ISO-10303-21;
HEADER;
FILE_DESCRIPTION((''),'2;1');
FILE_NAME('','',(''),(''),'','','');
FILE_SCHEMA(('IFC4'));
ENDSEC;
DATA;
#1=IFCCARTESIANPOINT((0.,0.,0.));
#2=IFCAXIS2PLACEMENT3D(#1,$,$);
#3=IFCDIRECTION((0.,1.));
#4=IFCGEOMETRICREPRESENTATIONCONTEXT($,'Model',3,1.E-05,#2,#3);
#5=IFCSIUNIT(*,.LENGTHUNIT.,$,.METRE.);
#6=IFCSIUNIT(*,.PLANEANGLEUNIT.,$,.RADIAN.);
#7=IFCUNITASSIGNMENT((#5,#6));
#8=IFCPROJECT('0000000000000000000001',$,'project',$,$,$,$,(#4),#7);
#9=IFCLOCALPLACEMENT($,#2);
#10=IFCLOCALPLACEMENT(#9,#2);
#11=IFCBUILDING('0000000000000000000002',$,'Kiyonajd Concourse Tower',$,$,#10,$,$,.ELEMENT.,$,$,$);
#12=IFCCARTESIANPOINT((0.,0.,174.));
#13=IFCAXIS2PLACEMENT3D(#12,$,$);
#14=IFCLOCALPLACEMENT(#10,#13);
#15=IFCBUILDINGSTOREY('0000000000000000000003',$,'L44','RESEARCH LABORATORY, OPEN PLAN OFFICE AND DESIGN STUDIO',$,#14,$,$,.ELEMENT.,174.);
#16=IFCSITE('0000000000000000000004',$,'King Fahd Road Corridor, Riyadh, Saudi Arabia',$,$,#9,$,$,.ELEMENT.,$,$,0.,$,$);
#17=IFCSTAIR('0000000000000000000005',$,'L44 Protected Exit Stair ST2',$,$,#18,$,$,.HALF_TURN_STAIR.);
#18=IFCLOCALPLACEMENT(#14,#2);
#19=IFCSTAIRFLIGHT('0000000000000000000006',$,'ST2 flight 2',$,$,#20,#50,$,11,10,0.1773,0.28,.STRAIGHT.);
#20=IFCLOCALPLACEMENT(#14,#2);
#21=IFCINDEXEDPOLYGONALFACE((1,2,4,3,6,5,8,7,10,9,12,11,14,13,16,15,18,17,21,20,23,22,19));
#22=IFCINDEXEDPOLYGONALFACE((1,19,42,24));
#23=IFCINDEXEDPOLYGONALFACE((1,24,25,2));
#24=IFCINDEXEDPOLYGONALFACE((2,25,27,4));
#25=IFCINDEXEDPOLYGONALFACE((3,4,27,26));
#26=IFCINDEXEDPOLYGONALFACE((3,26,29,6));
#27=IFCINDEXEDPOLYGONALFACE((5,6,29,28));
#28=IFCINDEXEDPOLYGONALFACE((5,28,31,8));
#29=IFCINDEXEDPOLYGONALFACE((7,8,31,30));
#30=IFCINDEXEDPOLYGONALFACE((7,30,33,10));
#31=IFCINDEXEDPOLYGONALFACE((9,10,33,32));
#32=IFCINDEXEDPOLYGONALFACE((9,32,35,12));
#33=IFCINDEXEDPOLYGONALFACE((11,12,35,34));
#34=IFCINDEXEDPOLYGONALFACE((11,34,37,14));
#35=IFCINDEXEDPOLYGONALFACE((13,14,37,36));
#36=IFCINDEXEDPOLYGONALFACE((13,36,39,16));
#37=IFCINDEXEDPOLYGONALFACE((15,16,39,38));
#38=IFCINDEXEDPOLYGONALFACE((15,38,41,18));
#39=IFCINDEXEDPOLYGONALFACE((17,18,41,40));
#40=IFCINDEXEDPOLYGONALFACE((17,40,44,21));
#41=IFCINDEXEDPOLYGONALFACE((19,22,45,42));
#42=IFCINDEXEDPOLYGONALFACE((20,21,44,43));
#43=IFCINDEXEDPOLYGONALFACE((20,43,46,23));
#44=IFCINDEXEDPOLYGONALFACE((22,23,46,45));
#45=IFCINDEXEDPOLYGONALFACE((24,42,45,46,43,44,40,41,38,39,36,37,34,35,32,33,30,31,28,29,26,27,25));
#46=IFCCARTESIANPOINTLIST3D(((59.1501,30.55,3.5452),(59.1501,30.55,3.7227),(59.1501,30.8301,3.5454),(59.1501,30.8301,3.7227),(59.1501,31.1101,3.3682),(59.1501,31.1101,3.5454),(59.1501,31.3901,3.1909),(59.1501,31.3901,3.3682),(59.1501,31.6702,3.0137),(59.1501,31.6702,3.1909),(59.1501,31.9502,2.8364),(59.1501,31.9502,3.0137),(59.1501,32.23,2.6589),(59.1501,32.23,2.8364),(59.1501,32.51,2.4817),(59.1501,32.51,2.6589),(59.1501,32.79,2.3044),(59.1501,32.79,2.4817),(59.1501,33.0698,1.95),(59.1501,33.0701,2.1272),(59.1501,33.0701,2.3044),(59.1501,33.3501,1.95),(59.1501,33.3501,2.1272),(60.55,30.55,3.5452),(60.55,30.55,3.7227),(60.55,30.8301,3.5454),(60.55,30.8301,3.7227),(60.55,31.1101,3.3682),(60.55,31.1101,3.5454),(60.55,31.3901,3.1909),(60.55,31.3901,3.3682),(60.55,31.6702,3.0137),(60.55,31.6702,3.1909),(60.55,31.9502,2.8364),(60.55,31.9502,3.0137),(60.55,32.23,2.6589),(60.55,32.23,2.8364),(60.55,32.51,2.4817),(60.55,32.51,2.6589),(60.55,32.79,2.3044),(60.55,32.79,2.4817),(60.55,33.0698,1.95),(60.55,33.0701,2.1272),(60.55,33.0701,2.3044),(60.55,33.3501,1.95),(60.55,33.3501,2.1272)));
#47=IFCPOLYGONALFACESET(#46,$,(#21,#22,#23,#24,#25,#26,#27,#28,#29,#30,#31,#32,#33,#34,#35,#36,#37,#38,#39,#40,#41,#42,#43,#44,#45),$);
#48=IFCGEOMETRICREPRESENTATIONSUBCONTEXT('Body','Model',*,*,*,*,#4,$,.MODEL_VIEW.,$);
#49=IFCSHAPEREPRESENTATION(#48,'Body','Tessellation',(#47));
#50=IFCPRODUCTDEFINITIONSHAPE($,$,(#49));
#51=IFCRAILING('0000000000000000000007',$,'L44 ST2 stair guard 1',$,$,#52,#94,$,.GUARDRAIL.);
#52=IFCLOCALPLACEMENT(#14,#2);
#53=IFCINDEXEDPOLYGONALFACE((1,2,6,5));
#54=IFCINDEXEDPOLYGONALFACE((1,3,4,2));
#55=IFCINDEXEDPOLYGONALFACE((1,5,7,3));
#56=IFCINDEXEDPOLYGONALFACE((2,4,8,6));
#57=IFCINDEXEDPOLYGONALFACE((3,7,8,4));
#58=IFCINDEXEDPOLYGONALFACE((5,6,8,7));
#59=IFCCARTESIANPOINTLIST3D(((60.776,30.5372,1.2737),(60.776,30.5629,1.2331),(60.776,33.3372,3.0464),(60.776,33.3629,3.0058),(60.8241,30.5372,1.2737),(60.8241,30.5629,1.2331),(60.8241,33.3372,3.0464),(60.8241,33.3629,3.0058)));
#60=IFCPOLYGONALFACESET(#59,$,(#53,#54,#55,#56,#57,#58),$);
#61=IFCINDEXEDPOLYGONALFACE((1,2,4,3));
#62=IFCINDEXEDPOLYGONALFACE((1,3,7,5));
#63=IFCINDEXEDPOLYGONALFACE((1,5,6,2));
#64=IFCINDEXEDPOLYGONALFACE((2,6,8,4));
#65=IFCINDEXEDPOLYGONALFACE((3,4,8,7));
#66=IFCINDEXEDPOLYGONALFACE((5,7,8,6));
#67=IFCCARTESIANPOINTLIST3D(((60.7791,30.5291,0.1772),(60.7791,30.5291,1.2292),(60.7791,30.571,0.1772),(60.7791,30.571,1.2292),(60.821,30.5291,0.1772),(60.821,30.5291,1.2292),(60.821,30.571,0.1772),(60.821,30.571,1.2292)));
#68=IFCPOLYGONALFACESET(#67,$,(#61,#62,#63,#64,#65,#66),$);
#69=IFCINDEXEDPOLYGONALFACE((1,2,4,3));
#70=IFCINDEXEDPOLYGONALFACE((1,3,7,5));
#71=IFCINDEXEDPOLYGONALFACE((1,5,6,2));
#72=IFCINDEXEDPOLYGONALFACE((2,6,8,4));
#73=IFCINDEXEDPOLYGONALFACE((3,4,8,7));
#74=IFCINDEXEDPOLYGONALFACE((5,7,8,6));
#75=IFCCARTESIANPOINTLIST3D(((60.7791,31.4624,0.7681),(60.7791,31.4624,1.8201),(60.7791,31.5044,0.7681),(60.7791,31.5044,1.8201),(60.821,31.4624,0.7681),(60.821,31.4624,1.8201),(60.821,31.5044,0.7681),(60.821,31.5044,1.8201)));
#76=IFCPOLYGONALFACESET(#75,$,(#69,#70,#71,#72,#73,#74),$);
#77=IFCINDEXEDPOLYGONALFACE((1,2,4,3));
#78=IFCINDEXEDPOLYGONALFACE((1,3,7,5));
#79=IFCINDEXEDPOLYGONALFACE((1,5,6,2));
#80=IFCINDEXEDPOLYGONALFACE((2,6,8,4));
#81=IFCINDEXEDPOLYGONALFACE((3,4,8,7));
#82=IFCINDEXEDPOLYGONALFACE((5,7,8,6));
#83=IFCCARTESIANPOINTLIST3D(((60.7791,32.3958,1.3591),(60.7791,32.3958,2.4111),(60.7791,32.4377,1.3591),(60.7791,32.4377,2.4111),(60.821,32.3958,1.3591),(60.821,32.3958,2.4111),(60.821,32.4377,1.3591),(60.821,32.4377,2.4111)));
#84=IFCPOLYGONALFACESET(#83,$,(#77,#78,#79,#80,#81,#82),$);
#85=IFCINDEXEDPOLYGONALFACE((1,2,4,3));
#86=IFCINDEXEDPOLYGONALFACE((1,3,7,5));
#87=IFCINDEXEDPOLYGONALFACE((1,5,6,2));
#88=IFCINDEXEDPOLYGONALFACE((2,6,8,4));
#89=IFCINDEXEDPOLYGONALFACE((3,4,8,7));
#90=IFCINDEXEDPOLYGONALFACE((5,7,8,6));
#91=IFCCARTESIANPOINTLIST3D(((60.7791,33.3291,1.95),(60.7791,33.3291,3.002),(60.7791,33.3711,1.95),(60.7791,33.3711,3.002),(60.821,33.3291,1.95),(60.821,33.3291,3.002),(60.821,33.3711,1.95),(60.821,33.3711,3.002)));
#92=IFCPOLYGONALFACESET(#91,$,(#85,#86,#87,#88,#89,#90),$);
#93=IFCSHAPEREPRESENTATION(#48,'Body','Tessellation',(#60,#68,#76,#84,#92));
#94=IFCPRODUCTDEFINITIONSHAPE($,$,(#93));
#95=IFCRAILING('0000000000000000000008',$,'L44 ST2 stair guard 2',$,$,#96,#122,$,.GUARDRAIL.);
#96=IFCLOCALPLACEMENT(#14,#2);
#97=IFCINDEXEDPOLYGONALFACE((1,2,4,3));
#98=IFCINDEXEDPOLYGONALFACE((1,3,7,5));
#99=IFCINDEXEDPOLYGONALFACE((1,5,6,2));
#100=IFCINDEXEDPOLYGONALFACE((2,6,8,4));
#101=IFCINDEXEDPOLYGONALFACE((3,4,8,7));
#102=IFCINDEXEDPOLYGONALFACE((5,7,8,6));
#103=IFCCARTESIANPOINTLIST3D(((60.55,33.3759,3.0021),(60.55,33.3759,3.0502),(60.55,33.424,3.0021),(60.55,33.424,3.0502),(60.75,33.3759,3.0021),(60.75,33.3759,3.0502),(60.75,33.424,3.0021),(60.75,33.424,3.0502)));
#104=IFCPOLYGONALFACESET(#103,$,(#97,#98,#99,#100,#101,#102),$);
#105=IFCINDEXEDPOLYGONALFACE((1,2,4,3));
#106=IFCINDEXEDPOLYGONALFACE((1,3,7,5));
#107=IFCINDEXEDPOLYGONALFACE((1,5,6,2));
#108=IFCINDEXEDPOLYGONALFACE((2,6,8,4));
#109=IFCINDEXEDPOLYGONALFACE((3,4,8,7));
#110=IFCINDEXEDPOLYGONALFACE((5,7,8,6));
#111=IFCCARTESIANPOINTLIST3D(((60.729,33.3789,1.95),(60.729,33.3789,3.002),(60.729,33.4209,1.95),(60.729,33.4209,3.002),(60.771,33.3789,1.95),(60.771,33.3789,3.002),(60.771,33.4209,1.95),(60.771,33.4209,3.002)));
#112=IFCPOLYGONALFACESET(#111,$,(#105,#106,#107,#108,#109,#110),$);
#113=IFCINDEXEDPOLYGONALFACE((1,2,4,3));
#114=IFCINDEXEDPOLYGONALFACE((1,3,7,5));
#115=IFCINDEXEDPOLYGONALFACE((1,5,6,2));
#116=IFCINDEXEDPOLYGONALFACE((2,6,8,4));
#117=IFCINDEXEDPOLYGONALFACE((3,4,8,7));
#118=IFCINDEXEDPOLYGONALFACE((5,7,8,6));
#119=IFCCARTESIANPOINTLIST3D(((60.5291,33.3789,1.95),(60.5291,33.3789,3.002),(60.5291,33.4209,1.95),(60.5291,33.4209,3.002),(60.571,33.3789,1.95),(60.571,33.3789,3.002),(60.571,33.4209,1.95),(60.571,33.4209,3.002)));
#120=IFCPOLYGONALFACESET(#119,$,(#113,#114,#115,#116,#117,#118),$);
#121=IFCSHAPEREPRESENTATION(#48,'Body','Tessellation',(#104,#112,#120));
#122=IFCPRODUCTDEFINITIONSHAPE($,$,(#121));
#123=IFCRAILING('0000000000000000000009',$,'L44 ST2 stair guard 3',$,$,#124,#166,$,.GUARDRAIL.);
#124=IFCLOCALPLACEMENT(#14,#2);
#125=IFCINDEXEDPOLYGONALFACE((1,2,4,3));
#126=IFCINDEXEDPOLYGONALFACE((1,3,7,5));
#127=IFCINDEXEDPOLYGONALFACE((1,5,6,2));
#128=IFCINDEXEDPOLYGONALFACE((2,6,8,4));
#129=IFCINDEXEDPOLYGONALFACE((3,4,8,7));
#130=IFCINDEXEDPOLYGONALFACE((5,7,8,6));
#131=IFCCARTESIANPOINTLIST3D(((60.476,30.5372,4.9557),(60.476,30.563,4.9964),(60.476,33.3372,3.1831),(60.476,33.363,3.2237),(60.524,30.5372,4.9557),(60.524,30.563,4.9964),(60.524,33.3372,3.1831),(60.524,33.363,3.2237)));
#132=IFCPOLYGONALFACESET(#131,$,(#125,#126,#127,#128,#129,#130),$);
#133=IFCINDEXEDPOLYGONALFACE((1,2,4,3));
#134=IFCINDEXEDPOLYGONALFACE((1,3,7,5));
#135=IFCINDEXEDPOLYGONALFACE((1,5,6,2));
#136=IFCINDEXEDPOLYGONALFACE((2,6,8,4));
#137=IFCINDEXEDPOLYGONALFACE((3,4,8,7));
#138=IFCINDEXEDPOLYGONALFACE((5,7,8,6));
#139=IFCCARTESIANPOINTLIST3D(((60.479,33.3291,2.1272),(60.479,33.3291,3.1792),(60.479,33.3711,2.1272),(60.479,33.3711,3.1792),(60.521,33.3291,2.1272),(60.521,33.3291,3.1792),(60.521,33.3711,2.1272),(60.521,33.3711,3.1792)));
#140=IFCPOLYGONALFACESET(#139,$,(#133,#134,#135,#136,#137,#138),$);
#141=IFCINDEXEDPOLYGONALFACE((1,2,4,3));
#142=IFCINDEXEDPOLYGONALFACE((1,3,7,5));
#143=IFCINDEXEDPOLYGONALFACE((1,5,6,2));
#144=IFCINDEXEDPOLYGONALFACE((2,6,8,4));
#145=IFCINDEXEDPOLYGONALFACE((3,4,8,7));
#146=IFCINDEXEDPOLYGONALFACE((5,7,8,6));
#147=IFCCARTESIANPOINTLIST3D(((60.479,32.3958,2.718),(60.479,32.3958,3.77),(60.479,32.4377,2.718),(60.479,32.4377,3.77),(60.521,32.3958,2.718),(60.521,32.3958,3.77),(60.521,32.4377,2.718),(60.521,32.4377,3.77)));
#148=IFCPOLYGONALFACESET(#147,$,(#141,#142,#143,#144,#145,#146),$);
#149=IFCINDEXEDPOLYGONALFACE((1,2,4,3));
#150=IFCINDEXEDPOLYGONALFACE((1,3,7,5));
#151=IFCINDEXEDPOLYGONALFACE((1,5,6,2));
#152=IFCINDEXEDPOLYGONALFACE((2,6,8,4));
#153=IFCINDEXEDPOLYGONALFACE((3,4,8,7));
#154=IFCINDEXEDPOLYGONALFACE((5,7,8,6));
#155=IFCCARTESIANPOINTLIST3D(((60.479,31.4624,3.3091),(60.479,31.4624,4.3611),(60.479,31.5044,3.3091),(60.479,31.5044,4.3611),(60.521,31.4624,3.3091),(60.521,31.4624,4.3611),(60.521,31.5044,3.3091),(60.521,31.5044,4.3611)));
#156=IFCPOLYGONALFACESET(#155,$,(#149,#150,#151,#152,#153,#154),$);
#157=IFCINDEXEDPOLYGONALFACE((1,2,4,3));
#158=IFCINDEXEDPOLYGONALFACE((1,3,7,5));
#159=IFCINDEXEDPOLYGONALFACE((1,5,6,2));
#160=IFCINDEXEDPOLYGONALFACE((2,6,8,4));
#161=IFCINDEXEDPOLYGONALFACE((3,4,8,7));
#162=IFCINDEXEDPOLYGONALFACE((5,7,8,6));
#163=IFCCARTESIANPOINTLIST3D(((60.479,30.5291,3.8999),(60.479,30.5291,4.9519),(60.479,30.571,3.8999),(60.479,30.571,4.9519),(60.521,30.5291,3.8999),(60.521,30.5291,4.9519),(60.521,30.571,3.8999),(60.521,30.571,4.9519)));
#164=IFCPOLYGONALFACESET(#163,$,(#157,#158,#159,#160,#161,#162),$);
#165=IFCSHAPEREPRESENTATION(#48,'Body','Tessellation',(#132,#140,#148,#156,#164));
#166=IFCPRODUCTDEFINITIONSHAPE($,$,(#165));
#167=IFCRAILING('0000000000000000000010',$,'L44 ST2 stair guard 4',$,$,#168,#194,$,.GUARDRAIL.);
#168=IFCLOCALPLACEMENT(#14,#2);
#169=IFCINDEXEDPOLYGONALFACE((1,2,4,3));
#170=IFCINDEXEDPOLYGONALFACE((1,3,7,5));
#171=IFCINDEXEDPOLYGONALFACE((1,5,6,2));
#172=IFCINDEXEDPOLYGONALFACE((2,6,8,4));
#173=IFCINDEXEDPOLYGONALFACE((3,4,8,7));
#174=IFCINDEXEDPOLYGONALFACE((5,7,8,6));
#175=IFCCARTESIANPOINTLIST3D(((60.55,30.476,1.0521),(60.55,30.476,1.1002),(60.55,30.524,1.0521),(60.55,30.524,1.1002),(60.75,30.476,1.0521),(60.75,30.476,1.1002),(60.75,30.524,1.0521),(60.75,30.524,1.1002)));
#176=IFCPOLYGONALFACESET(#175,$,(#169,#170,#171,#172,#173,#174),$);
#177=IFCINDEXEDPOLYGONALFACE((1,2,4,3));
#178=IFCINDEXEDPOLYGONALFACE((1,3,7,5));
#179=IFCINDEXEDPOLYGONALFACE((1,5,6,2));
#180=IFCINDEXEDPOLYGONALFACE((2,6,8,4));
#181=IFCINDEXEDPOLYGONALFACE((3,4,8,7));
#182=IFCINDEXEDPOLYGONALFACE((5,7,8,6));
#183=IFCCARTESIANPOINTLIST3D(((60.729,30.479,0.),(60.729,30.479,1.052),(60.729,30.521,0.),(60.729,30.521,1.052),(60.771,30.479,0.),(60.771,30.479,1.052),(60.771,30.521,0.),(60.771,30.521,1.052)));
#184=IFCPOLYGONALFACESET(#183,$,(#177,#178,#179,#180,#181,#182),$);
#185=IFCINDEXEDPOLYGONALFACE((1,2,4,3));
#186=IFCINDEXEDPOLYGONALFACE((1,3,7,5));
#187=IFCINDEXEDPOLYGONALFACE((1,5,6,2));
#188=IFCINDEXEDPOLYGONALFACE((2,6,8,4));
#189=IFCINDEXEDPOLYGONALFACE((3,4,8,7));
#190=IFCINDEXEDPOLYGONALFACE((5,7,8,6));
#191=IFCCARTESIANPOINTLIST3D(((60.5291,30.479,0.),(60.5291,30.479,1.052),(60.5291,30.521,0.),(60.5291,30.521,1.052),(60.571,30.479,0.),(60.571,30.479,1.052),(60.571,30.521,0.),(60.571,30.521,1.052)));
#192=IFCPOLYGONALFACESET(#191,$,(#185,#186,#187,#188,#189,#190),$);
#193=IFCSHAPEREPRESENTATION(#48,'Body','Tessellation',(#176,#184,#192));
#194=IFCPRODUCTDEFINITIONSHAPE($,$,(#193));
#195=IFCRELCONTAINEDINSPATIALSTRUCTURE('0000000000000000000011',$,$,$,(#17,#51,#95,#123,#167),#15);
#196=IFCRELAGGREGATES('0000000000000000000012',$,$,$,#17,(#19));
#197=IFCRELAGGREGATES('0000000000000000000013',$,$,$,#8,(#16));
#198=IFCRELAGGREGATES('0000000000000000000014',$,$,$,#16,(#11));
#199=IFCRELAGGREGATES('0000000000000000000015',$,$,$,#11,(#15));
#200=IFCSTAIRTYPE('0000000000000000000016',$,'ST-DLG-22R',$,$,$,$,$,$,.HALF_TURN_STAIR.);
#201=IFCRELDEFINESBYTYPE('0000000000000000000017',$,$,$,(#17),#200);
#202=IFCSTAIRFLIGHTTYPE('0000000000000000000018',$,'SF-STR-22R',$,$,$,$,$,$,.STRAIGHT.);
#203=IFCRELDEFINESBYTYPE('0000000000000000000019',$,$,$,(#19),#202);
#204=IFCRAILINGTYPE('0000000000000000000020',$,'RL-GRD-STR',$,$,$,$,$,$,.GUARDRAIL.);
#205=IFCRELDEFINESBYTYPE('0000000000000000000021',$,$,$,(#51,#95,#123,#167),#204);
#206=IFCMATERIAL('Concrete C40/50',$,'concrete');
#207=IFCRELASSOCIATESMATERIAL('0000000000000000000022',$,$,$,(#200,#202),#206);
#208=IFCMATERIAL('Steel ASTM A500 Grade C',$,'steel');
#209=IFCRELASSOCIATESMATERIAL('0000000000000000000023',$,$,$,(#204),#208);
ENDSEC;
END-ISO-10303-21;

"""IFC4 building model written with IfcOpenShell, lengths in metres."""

from ifc_helpers import new_model, si_unit, direction, frame, origin, origin_2d, place, context, subcontext, project, spatial, polyline, rectangle, outline, extrude, material, type_object, element, aggregate, save


model = new_model("IFC4")

# Units and contexts
model_context = context("Model", 3, precision=1e-05, world=origin(), true_north=direction((0.0, 1.0)))
body_context = subcontext(model_context, "Body", "Model", "MODEL_VIEW")
ifc_project = project(units=[si_unit("LENGTHUNIT", "METRE"), si_unit("PLANEANGLEUNIT", "RADIAN")], contexts=[model_context])

# Site, building, storey
site_placement = place(None, origin())
site = spatial("IfcSite", under=ifc_project, at=site_placement, Name="King Fahd Road Corridor, Riyadh, Saudi Arabia", CompositionType="ELEMENT", RefElevation=0.0)
building_placement = place(site_placement, origin())
building = spatial("IfcBuilding", under=site, at=building_placement, Name="Kiyonajd Concourse Tower", CompositionType="ELEMENT")
storey_placement = place(building_placement, frame((0.0, 0.0, 174.0)))
storey = spatial("IfcBuildingStorey", under=building, at=storey_placement, Name="L44", Description="RESEARCH LABORATORY, OPEN PLAN OFFICE AND DESIGN STUDIO", CompositionType="ELEMENT", Elevation=174.0)

# Stair, stair flight
ifc_material_1 = material(Name="Concrete C40/50", Category="concrete")
stair_type = type_object("IfcStairType", Name="ST-DLG-22R", PredefinedType="HALF_TURN_STAIR", material=ifc_material_1)
stair_placement = place(storey_placement, origin())
stair = element("IfcStair", 1, at=stair_placement, inside=storey, type_object=stair_type, Name="L44 Protected Exit Stair ST2", PredefinedType="HALF_TURN_STAIR")
stair_flight_type = type_object("IfcStairFlightType", Name="SF-STR-22R", PredefinedType="STRAIGHT", material=ifc_material_1)
stair_flight_1_placement = place(storey_placement, frame((59.8501, 33.3501, 1.95), z_axis=(0.0, 0.0, 1.0), x_axis=(0.0, -1.0, 0.0)))
stair_flight_1 = element("IfcStairFlight", 2, at=stair_flight_1_placement, type_object=stair_flight_type, Name="ST2 flight 2", NumberOfRisers=11, NumberOfTreads=10, PredefinedType="STRAIGHT", RiserHeight=0.1773, TreadLength=0.28, context=body_context, shape_type="SweptSolid", body=[
    extrude(outline(polyline([(0.0, 0.0), (0.0, 0.1772), (0.28, 0.1772), (0.28, 0.3545), (0.5601, 0.3545), (0.5601, 0.5317), (0.8401, 0.5317), (0.8401, 0.709), (1.1201, 0.709), (1.1201, 0.8865), (1.3999, 0.8865), (1.3999, 1.0637), (1.6799, 1.0637), (1.6799, 1.241), (1.96, 1.241), (1.96, 1.4182), (2.24, 1.4182), (2.24, 1.5955), (2.52, 1.5955), (2.52, 1.7727), (2.8, 1.7727), (2.8, 1.95), (2.8, 1.5952), (0.2803, 0.0), (0.0, 0.0)])), frame((0.0, 0.7, 0.0), z_axis=(0.0, -1.0, 0.0), x_axis=(1.0, 0.0, 0.0)), (0.0, 0.0, 1.0), 1.3999),
])
aggregate(stair, [stair_flight_1])

# Railings
ifc_material_2 = material(Name="Steel ASTM A500 Grade C", Category="steel")
railing_type_1 = type_object("IfcRailingType", Name="RL-GRD-STR", PredefinedType="GUARDRAIL", material=ifc_material_2)
railing_1_placement = place(storey_placement, frame((60.8, 30.55, 0.1772)))
element("IfcRailing", 3, at=railing_1_placement, inside=storey, type_object=railing_type_1, Name="L44 ST2 stair guard 1", PredefinedType="GUARDRAIL", context=body_context, shape_type="SweptSolid", body=[
    extrude(rectangle(XDim=0.0481, YDim=0.0481, at=origin_2d()), frame((0.0, 0.0, 1.0762), z_axis=(0.0, 0.844909, 0.53491), x_axis=(-1.0, 0.0, 0.0)), (0.0, 0.0, 1.0), 3.314),
    extrude(rectangle(XDim=0.042, YDim=0.042, at=origin_2d()), origin(), (0.0, 0.0, 1.0), 1.052),
    extrude(rectangle(XDim=0.042, YDim=0.042, at=origin_2d()), frame((0.0, 0.9333, 0.5908)), (0.0, 0.0, 1.0), 1.052),
    extrude(rectangle(XDim=0.042, YDim=0.042, at=origin_2d()), frame((0.0, 1.8667, 1.1819)), (0.0, 0.0, 1.0), 1.052),
    extrude(rectangle(XDim=0.042, YDim=0.042, at=origin_2d()), frame((0.0, 2.8, 1.7727)), (0.0, 0.0, 1.0), 1.052),
])
railing_2_placement = place(storey_placement, frame((60.75, 33.3999, 1.95)))
element("IfcRailing", 4, at=railing_2_placement, inside=storey, type_object=railing_type_1, Name="L44 ST2 stair guard 2", PredefinedType="GUARDRAIL", context=body_context, shape_type="SweptSolid", body=[
    extrude(rectangle(XDim=0.0481, YDim=0.0481, at=origin_2d()), frame((0.0, 0.0, 1.0762), z_axis=(-1.0, 0.0, 0.0), x_axis=(0.0, -1.0, 0.0)), (0.0, 0.0, 1.0), 0.2),
    extrude(rectangle(XDim=0.042, YDim=0.042, at=origin_2d()), origin(), (0.0, 0.0, 1.0), 1.052),
    extrude(rectangle(XDim=0.042, YDim=0.042, at=origin_2d()), frame((-0.2, 0.0, 0.0)), (0.0, 0.0, 1.0), 1.052),
])
railing_3_placement = place(storey_placement, frame((60.5, 33.3501, 2.1272)))
element("IfcRailing", 5, at=railing_3_placement, inside=storey, type_object=railing_type_1, Name="L44 ST2 stair guard 3", PredefinedType="GUARDRAIL", context=body_context, shape_type="SweptSolid", body=[
    extrude(rectangle(XDim=0.0481, YDim=0.0481, at=origin_2d()), frame((0.0, 0.0, 1.0762), z_axis=(0.0, -0.844909, 0.53491), x_axis=(1.0, 0.0, 0.0)), (0.0, 0.0, 1.0), 3.314),
    extrude(rectangle(XDim=0.042, YDim=0.042, at=origin_2d()), origin(), (0.0, 0.0, 1.0), 1.052),
    extrude(rectangle(XDim=0.042, YDim=0.042, at=origin_2d()), frame((0.0, -0.9333, 0.5908)), (0.0, 0.0, 1.0), 1.052),
    extrude(rectangle(XDim=0.042, YDim=0.042, at=origin_2d()), frame((0.0, -1.8667, 1.1819)), (0.0, 0.0, 1.0), 1.052),
    extrude(rectangle(XDim=0.042, YDim=0.042, at=origin_2d()), frame((0.0, -2.8, 1.7727)), (0.0, 0.0, 1.0), 1.052),
])
railing_4_placement = place(storey_placement, frame((60.75, 30.5, 0.0)))
element("IfcRailing", 6, at=railing_4_placement, inside=storey, type_object=railing_type_1, Name="L44 ST2 stair guard 4", PredefinedType="GUARDRAIL", context=body_context, shape_type="SweptSolid", body=[
    extrude(rectangle(XDim=0.0481, YDim=0.0481, at=origin_2d()), frame((0.0, 0.0, 1.0762), z_axis=(-1.0, 0.0, 0.0), x_axis=(0.0, -1.0, 0.0)), (0.0, 0.0, 1.0), 0.2),
    extrude(rectangle(XDim=0.042, YDim=0.042, at=origin_2d()), origin(), (0.0, 0.0, 1.0), 1.052),
    extrude(rectangle(XDim=0.042, YDim=0.042, at=origin_2d()), frame((-0.2, 0.0, 0.0)), (0.0, 0.0, 1.0), 1.052),
])

save(model, "model.ifc")
